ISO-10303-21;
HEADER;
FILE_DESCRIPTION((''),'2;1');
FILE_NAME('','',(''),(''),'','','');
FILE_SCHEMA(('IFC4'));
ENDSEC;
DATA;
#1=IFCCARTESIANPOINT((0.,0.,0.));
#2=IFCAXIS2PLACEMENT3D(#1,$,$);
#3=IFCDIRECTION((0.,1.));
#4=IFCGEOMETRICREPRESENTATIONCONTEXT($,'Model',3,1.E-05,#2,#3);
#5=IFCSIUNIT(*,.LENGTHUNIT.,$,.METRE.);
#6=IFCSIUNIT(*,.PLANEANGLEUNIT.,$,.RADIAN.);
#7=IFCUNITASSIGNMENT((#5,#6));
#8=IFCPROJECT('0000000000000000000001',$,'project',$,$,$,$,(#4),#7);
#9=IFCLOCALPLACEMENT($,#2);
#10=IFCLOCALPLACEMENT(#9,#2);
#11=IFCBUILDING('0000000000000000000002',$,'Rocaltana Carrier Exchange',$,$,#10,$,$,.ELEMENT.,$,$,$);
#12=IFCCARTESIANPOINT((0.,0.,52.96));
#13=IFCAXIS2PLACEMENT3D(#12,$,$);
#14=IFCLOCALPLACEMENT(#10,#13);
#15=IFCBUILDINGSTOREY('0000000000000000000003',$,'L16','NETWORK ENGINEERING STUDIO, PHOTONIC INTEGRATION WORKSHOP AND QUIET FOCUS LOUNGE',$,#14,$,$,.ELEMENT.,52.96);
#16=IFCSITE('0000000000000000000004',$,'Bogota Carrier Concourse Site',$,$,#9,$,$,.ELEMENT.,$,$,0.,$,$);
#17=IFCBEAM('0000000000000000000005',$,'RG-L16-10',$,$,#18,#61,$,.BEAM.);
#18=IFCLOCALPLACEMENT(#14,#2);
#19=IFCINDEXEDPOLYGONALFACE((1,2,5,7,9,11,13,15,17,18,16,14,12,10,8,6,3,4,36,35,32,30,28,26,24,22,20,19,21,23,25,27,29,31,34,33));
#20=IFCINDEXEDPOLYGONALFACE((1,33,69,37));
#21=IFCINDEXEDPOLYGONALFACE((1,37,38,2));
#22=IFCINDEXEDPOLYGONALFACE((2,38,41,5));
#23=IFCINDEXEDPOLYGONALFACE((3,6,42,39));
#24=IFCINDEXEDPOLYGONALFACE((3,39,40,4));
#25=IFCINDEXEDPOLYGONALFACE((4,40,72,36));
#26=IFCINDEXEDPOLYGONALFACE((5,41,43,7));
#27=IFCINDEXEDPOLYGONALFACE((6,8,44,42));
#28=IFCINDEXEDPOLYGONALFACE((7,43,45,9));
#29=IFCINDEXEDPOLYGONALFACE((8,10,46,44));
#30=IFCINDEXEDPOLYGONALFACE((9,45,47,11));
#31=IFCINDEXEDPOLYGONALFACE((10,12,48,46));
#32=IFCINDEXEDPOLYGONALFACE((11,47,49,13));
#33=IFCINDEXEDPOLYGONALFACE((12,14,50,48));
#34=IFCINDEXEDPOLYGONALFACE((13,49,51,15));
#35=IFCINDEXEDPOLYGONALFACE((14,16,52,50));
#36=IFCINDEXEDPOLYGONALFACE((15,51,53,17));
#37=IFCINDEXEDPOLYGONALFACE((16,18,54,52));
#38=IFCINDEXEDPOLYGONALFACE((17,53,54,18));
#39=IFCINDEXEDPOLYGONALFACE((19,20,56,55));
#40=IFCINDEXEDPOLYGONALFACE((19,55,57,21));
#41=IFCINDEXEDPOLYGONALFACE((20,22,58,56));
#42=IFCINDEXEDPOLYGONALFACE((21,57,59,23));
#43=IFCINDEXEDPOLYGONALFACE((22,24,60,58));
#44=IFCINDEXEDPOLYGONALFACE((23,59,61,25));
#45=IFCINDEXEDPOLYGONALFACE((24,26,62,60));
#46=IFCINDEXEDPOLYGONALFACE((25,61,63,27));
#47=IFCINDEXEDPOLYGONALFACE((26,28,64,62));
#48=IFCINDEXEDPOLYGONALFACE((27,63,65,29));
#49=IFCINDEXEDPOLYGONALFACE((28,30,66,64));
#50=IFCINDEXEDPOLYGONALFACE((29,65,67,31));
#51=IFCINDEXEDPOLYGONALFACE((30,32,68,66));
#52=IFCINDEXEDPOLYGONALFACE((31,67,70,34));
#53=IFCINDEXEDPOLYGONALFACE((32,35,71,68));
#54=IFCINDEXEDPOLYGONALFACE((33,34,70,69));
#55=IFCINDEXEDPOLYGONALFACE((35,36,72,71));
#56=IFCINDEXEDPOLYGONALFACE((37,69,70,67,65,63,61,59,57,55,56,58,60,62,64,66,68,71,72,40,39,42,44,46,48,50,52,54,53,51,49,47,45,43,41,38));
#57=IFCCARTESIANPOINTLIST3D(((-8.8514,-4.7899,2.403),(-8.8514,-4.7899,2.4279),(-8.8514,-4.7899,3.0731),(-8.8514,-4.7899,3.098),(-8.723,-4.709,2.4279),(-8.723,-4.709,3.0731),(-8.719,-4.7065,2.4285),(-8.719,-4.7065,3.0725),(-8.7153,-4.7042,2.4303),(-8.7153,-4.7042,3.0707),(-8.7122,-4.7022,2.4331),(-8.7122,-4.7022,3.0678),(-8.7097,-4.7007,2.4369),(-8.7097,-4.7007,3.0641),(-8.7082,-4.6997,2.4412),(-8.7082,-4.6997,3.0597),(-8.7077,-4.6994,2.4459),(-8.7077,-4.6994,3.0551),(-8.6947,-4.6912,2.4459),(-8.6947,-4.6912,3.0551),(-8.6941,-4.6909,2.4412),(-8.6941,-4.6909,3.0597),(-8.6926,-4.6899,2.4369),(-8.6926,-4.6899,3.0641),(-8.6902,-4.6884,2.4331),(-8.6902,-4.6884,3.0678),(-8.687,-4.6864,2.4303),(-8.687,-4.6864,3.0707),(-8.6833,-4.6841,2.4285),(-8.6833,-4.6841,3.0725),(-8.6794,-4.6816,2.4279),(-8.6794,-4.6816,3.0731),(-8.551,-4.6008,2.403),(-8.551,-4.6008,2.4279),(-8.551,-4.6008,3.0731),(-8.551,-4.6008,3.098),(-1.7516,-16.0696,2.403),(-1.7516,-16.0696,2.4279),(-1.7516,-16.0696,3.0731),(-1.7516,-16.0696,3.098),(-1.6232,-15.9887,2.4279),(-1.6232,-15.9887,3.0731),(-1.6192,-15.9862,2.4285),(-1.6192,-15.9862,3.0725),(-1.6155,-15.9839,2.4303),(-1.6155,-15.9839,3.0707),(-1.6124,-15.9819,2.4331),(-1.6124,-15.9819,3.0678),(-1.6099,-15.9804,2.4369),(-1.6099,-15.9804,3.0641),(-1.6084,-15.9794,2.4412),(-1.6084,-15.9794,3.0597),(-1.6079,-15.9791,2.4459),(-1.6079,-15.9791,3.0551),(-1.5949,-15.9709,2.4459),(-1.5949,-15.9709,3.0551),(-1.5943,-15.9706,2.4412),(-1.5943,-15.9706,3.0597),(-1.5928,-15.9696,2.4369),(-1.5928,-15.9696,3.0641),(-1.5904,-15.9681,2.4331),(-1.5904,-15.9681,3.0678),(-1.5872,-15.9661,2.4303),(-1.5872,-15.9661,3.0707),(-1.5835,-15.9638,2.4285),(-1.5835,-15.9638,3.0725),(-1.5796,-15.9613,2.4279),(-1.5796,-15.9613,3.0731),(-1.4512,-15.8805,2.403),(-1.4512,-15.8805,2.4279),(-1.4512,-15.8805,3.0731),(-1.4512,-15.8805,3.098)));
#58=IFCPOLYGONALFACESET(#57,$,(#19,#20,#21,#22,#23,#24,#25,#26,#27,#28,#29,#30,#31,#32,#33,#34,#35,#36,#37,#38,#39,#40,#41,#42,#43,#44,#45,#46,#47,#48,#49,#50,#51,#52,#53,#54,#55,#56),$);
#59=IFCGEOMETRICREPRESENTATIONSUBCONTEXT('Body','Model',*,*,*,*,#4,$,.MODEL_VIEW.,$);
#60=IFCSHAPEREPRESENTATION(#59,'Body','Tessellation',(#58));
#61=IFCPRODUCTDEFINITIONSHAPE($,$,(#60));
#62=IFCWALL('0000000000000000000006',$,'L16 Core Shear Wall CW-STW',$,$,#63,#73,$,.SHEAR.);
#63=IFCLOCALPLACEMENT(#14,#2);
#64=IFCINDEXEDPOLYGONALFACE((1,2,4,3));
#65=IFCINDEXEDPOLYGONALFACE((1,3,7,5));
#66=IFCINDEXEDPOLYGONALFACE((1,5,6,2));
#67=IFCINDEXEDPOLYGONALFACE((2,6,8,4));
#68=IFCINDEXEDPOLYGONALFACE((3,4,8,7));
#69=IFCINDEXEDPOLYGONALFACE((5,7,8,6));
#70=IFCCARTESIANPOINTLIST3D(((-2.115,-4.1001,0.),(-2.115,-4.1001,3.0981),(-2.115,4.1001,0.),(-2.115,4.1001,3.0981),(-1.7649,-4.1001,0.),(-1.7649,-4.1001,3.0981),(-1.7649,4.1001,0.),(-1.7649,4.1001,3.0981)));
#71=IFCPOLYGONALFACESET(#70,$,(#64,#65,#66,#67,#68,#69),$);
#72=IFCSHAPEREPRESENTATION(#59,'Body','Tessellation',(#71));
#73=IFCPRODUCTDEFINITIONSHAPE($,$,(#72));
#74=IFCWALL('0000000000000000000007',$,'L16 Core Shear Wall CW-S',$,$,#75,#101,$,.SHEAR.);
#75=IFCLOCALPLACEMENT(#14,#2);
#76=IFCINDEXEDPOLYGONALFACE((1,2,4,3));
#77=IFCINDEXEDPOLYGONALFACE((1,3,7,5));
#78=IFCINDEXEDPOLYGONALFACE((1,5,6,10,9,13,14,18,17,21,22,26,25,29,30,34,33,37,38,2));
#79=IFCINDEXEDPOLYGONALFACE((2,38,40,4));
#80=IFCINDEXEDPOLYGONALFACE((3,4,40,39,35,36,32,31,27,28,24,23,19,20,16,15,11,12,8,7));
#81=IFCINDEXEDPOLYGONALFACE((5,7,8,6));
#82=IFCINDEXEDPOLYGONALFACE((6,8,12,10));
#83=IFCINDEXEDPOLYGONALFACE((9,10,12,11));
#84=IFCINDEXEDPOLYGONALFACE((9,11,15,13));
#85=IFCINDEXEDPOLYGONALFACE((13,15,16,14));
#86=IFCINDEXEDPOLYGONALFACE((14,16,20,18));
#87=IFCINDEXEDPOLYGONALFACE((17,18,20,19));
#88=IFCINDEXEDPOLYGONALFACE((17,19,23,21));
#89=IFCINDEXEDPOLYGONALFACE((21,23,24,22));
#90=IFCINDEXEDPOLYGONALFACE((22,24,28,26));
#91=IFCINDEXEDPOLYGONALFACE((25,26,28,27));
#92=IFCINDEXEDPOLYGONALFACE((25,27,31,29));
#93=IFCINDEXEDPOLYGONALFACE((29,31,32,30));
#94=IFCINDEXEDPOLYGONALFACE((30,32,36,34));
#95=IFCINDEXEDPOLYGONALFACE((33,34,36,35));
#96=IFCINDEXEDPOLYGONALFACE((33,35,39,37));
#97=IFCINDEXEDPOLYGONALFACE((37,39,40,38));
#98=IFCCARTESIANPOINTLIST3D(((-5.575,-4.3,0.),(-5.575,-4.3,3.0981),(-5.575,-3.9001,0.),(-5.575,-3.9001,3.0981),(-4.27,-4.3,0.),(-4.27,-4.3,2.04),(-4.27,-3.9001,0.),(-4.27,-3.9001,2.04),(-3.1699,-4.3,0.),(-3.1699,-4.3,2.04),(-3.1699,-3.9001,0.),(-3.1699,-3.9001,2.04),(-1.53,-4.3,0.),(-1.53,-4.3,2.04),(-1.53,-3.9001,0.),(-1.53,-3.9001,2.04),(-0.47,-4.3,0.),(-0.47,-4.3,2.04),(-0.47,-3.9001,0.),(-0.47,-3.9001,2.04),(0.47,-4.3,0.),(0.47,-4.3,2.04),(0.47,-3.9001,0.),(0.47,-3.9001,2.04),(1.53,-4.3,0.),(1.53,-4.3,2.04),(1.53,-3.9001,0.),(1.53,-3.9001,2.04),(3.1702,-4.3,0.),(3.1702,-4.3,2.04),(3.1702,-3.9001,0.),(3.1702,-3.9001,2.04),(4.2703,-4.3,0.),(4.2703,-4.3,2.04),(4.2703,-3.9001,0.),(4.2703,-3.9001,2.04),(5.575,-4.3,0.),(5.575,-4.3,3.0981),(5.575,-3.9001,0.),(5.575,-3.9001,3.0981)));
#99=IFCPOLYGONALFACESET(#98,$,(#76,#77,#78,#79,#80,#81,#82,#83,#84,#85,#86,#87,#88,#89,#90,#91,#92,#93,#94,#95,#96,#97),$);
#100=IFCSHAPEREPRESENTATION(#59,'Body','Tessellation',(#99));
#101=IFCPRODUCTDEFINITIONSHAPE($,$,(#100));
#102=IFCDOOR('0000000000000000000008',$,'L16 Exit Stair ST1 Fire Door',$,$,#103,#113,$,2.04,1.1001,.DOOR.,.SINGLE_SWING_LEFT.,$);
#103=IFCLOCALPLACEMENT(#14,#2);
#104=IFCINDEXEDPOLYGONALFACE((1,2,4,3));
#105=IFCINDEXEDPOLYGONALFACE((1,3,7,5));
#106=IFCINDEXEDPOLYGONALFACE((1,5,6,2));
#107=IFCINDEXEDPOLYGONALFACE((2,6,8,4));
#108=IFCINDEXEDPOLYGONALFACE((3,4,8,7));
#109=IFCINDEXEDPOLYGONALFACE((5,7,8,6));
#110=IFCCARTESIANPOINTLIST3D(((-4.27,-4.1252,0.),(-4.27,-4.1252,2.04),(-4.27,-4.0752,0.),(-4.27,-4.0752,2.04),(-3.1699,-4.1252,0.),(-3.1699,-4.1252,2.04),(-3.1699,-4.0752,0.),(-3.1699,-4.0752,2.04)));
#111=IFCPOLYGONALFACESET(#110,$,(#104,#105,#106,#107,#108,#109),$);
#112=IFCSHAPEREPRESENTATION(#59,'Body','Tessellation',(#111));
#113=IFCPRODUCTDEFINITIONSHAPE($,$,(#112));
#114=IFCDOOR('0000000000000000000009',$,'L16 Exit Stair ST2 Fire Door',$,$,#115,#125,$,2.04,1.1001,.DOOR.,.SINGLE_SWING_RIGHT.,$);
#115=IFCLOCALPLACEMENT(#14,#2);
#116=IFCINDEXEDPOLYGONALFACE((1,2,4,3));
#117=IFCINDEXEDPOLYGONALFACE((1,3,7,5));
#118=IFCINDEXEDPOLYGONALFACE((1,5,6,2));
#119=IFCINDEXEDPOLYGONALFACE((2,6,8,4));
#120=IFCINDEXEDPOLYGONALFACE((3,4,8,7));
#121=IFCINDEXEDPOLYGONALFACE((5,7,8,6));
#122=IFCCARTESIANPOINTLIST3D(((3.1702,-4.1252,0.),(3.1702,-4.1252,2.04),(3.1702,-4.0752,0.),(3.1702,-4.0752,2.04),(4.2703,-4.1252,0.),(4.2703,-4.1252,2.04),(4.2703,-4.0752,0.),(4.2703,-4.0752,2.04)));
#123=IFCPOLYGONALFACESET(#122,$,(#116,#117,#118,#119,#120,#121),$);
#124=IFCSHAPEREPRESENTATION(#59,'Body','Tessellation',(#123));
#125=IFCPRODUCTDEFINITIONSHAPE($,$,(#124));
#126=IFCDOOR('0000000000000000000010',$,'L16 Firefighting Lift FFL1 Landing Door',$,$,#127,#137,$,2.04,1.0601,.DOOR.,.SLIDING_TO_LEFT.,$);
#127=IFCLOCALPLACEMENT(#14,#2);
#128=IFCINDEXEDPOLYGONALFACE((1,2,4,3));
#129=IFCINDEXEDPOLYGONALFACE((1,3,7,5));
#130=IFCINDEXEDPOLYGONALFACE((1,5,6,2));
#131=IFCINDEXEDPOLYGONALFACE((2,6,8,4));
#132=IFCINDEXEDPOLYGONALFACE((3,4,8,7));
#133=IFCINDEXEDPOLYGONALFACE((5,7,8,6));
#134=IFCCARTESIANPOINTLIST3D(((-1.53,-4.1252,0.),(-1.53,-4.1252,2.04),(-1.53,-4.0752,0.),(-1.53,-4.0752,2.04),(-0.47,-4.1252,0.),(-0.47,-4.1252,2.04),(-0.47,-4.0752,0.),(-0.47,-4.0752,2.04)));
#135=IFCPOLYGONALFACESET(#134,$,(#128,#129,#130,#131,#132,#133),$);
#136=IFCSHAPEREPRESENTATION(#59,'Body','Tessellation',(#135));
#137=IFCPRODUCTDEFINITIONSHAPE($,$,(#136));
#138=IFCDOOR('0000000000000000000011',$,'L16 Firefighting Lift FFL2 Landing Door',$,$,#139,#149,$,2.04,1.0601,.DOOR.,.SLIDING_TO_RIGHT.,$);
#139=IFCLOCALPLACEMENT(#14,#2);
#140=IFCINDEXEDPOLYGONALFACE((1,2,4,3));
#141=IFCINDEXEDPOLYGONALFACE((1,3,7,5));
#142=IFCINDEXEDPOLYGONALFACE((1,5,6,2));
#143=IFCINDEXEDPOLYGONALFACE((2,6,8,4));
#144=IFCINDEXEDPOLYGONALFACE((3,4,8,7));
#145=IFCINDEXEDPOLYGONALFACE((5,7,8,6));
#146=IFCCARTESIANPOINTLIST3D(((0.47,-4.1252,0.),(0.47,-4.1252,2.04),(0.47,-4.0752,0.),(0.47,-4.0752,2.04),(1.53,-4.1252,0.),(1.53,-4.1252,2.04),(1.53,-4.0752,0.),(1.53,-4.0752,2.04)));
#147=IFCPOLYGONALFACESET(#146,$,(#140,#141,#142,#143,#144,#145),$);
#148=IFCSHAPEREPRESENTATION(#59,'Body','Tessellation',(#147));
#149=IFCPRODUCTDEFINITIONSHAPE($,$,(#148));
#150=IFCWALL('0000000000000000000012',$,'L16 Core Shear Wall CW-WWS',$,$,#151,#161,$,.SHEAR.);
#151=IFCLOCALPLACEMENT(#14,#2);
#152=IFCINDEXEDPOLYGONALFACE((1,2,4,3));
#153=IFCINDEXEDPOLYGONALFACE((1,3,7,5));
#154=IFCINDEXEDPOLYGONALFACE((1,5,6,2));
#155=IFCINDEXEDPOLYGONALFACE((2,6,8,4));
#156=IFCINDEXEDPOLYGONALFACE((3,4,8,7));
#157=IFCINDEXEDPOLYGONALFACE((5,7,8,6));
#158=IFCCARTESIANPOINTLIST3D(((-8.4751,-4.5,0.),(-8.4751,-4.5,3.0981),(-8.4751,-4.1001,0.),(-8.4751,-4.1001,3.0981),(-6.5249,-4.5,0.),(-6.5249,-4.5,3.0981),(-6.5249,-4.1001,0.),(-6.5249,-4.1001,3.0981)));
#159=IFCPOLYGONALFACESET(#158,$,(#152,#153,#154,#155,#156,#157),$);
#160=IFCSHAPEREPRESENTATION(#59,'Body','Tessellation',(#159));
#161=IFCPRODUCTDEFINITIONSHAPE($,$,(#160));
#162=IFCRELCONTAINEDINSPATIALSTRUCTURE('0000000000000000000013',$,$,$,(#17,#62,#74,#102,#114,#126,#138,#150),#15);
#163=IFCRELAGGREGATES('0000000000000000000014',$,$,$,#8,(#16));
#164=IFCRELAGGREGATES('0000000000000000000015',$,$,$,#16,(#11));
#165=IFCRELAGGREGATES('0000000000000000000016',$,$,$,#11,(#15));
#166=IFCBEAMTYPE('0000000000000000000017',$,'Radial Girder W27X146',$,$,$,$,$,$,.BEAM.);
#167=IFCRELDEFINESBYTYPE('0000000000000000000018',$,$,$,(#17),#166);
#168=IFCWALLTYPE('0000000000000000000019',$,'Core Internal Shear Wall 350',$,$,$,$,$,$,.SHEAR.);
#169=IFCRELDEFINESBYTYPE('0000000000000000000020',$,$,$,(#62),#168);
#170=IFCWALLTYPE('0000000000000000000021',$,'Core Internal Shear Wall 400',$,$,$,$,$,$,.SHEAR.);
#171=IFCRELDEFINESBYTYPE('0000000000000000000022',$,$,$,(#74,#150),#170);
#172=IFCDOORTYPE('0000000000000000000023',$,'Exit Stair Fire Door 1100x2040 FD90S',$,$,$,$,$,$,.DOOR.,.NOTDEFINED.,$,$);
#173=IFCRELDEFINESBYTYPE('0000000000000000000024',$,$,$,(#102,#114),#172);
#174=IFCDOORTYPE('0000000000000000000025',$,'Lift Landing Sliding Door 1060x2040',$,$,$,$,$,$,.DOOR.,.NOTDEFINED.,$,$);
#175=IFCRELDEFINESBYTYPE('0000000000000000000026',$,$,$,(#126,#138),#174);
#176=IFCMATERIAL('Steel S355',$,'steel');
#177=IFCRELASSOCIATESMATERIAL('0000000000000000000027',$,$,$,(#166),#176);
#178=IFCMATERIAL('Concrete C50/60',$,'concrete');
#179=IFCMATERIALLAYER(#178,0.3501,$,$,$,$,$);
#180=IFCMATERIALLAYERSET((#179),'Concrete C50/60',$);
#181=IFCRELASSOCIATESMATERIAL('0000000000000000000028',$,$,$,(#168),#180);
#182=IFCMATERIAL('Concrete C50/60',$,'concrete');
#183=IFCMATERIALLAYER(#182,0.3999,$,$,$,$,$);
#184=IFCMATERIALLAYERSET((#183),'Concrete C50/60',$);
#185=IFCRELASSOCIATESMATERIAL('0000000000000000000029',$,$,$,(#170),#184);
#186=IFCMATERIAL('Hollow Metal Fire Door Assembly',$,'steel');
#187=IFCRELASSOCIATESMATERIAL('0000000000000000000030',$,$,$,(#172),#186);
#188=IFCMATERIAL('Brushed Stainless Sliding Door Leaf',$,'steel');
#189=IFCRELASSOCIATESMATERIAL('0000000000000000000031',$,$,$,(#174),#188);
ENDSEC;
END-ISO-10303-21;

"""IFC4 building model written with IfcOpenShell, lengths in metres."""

from ifc_helpers import new_model, si_unit, direction, frame, frame_2d, origin, origin_2d, place, context, subcontext, project, spatial, rectangle, i_section, extrude, material, layer, layer_set, material_profile, profile_set, type_object, element, fill, save


model = new_model("IFC4")

# Units and contexts
model_context = context("Model", 3, precision=1e-05, world=origin(), true_north=direction((0.0, 1.0)))
body_context = subcontext(model_context, "Body", "Model", "MODEL_VIEW")
ifc_project = project(units=[si_unit("LENGTHUNIT", "METRE"), si_unit("PLANEANGLEUNIT", "RADIAN")], contexts=[model_context])

# Site, building, storey
site_placement = place(None, origin())
site = spatial("IfcSite", under=ifc_project, at=site_placement, Name="Bogota Carrier Concourse Site", CompositionType="ELEMENT", RefElevation=0.0)
building_placement = place(site_placement, origin())
building = spatial("IfcBuilding", under=site, at=building_placement, Name="Rocaltana Carrier Exchange", CompositionType="ELEMENT")
storey_placement = place(building_placement, frame((0.0, 0.0, 52.96)))
storey = spatial("IfcBuildingStorey", under=building, at=storey_placement, Name="L16", Description="NETWORK ENGINEERING STUDIO, PHOTONIC INTEGRATION WORKSHOP AND QUIET FOCUS LOUNGE", CompositionType="ELEMENT", Elevation=52.96)

# Beam
ifc_material_1 = material(Name="Steel S355", Category="steel")
ifc_material_profile_1 = material_profile(ifc_material_1, i_section(OverallWidth=0.355, OverallDepth=0.6951, WebThickness=0.0154, FlangeThickness=0.0249, FilletRadius=0.0181, at=origin_2d()), Name="W27X146")
ifc_profile_set_1 = profile_set([ifc_material_profile_1], Name="Steel S355")
beam_type = type_object("IfcBeamType", Name="Radial Girder W27X146", PredefinedType="BEAM", material=ifc_profile_set_1)
beam_placement = place(storey_placement, frame((-8.7012, -4.6953, 2.7505), z_axis=(0.532693, -0.846308, 0.0), x_axis=(0.846308, 0.532693, 0.0)))
element("IfcBeam", 1, at=beam_placement, inside=storey, type_object=beam_type, Name="RG-L16-10", PredefinedType="BEAM", context=body_context, shape_type="SweptSolid", body=[
    extrude(i_section(OverallWidth=0.355, OverallDepth=0.6951, WebThickness=0.0154, FlangeThickness=0.0249, FilletRadius=0.0181, at=origin_2d()), origin(), (0.0, 0.0, 1.0), 13.3281),
])

# Wall
ifc_material_2 = material(Name="Concrete C50/60", Category="concrete")
ifc_layer_1 = layer(ifc_material_2, 0.3501)
ifc_layer_set_1 = layer_set([ifc_layer_1], Name="Concrete C50/60")
wall_type_1 = type_object("IfcWallType", Name="Core Internal Shear Wall 350", PredefinedType="SHEAR", material=ifc_layer_set_1)
wall_1_placement = place(storey_placement, frame((-1.9399, -4.1001, 0.0), z_axis=(0.0, 0.0, 1.0), x_axis=(0.0, 1.0, 0.0)))
element("IfcWall", 2, at=wall_1_placement, inside=storey, type_object=wall_type_1, Name="L16 Core Shear Wall CW-STW", PredefinedType="SHEAR", context=body_context, shape_type="SweptSolid", body=[
    extrude(rectangle(XDim=8.2002, YDim=0.3501, at=frame_2d((4.1001, 0.0))), origin(), (0.0, 0.0, 1.0), 3.0981),
])

# Wall, openings, doors
ifc_material_3 = material(Name="Concrete C50/60", Category="concrete")
ifc_layer_2 = layer(ifc_material_3, 0.3999)
ifc_layer_set_2 = layer_set([ifc_layer_2], Name="Concrete C50/60")
wall_type_2 = type_object("IfcWallType", Name="Core Internal Shear Wall 400", PredefinedType="SHEAR", material=ifc_layer_set_2)
wall_2_placement = place(storey_placement, frame((-5.575, -4.1001, 0.0), z_axis=(0.0, 0.0, 1.0), x_axis=(1.0, 0.0, 0.0)))
wall_2 = element("IfcWall", 3, at=wall_2_placement, inside=storey, type_object=wall_type_2, Name="L16 Core Shear Wall CW-S", PredefinedType="SHEAR", context=body_context, shape_type="SweptSolid", body=[
    extrude(rectangle(XDim=11.1499, YDim=0.3999, at=frame_2d((5.575, 0.0))), origin(), (0.0, 0.0, 1.0), 3.0981),
])
opening_1_placement = place(wall_2_placement, frame((1.3049, 0.0, 0.0)))
opening_1 = element("IfcOpeningElement", 4, at=opening_1_placement, cuts=wall_2, PredefinedType="OPENING", context=body_context, shape_type="SweptSolid", body=[
    extrude(rectangle(XDim=1.1001, YDim=2.04, at=frame_2d((0.55, 1.02))), frame((0.0, 0.21, 0.0), z_axis=(0.0, -1.0, 0.0), x_axis=(1.0, 0.0, 0.0)), (0.0, 0.0, 1.0), 0.4199),
])
opening_2_placement = place(wall_2_placement, frame((8.7451, 0.0, 0.0)))
opening_2 = element("IfcOpeningElement", 5, at=opening_2_placement, cuts=wall_2, PredefinedType="OPENING", context=body_context, shape_type="SweptSolid", body=[
    extrude(rectangle(XDim=1.1001, YDim=2.04, at=frame_2d((0.55, 1.02))), frame((0.0, 0.21, 0.0), z_axis=(0.0, -1.0, 0.0), x_axis=(1.0, 0.0, 0.0)), (0.0, 0.0, 1.0), 0.4199),
])
opening_3_placement = place(wall_2_placement, frame((4.0449, 0.0, 0.0)))
opening_3 = element("IfcOpeningElement", 6, at=opening_3_placement, cuts=wall_2, PredefinedType="OPENING", context=body_context, shape_type="SweptSolid", body=[
    extrude(rectangle(XDim=1.0601, YDim=2.04, at=frame_2d((0.53, 1.02))), frame((0.0, 0.21, 0.0), z_axis=(0.0, -1.0, 0.0), x_axis=(1.0, 0.0, 0.0)), (0.0, 0.0, 1.0), 0.4199),
])
opening_4_placement = place(wall_2_placement, frame((6.0449, 0.0, 0.0)))
opening_4 = element("IfcOpeningElement", 7, at=opening_4_placement, cuts=wall_2, PredefinedType="OPENING", context=body_context, shape_type="SweptSolid", body=[
    extrude(rectangle(XDim=1.0601, YDim=2.04, at=frame_2d((0.53, 1.02))), frame((0.0, 0.21, 0.0), z_axis=(0.0, -1.0, 0.0), x_axis=(1.0, 0.0, 0.0)), (0.0, 0.0, 1.0), 0.4199),
])
ifc_material_4 = material(Name="Hollow Metal Fire Door Assembly", Category="steel")
door_type_1 = type_object("IfcDoorType", Name="Exit Stair Fire Door 1100x2040 FD90S", OperationType="NOTDEFINED", PredefinedType="DOOR", material=ifc_material_4)
door_1_placement = place(opening_1_placement, origin())
door_1 = element("IfcDoor", 8, at=door_1_placement, inside=storey, type_object=door_type_1, Name="L16 Exit Stair ST1 Fire Door", OperationType="SINGLE_SWING_LEFT", OverallHeight=2.04, OverallWidth=1.1001, PredefinedType="DOOR", context=body_context, shape_type="SweptSolid", body=[
    extrude(rectangle(XDim=1.1001, YDim=2.04, at=frame_2d((0.55, 1.02))), frame((0.0, 0.0249, 0.0), z_axis=(0.0, -1.0, 0.0), x_axis=(1.0, 0.0, 0.0)), (0.0, 0.0, 1.0), 0.05),
])
fill(opening_1, door_1)
door_2_placement = place(opening_2_placement, origin())
door_2 = element("IfcDoor", 9, at=door_2_placement, inside=storey, type_object=door_type_1, Name="L16 Exit Stair ST2 Fire Door", OperationType="SINGLE_SWING_RIGHT", OverallHeight=2.04, OverallWidth=1.1001, PredefinedType="DOOR", context=body_context, shape_type="SweptSolid", body=[
    extrude(rectangle(XDim=1.1001, YDim=2.04, at=frame_2d((0.55, 1.02))), frame((0.0, 0.0249, 0.0), z_axis=(0.0, -1.0, 0.0), x_axis=(1.0, 0.0, 0.0)), (0.0, 0.0, 1.0), 0.05),
])
fill(opening_2, door_2)
ifc_material_5 = material(Name="Brushed Stainless Sliding Door Leaf", Category="steel")
door_type_2 = type_object("IfcDoorType", Name="Lift Landing Sliding Door 1060x2040", OperationType="NOTDEFINED", PredefinedType="DOOR", material=ifc_material_5)
door_3_placement = place(opening_3_placement, origin())
door_3 = element("IfcDoor", 10, at=door_3_placement, inside=storey, type_object=door_type_2, Name="L16 Firefighting Lift FFL1 Landing Door", OperationType="SLIDING_TO_LEFT", OverallHeight=2.04, OverallWidth=1.0601, PredefinedType="DOOR", context=body_context, shape_type="SweptSolid", body=[
    extrude(rectangle(XDim=1.0601, YDim=2.04, at=frame_2d((0.53, 1.02))), frame((0.0, 0.0249, 0.0), z_axis=(0.0, -1.0, 0.0), x_axis=(1.0, 0.0, 0.0)), (0.0, 0.0, 1.0), 0.05),
])
fill(opening_3, door_3)
door_4_placement = place(opening_4_placement, origin())
door_4 = element("IfcDoor", 11, at=door_4_placement, inside=storey, type_object=door_type_2, Name="L16 Firefighting Lift FFL2 Landing Door", OperationType="SLIDING_TO_RIGHT", OverallHeight=2.04, OverallWidth=1.0601, PredefinedType="DOOR", context=body_context, shape_type="SweptSolid", body=[
    extrude(rectangle(XDim=1.0601, YDim=2.04, at=frame_2d((0.53, 1.02))), frame((0.0, 0.0249, 0.0), z_axis=(0.0, -1.0, 0.0), x_axis=(1.0, 0.0, 0.0)), (0.0, 0.0, 1.0), 0.05),
])
fill(opening_4, door_4)

# Wall
wall_3_placement = place(storey_placement, frame((-8.4751, -4.3, 0.0), z_axis=(0.0, 0.0, 1.0), x_axis=(1.0, 0.0, 0.0)))
element("IfcWall", 12, at=wall_3_placement, inside=storey, type_object=wall_type_2, Name="L16 Core Shear Wall CW-WWS", PredefinedType="SHEAR", context=body_context, shape_type="SweptSolid", body=[
    extrude(rectangle(XDim=1.9502, YDim=0.3999, at=frame_2d((0.9751, 0.0))), origin(), (0.0, 0.0, 1.0), 3.0981),
])

save(model, "model.ifc")
